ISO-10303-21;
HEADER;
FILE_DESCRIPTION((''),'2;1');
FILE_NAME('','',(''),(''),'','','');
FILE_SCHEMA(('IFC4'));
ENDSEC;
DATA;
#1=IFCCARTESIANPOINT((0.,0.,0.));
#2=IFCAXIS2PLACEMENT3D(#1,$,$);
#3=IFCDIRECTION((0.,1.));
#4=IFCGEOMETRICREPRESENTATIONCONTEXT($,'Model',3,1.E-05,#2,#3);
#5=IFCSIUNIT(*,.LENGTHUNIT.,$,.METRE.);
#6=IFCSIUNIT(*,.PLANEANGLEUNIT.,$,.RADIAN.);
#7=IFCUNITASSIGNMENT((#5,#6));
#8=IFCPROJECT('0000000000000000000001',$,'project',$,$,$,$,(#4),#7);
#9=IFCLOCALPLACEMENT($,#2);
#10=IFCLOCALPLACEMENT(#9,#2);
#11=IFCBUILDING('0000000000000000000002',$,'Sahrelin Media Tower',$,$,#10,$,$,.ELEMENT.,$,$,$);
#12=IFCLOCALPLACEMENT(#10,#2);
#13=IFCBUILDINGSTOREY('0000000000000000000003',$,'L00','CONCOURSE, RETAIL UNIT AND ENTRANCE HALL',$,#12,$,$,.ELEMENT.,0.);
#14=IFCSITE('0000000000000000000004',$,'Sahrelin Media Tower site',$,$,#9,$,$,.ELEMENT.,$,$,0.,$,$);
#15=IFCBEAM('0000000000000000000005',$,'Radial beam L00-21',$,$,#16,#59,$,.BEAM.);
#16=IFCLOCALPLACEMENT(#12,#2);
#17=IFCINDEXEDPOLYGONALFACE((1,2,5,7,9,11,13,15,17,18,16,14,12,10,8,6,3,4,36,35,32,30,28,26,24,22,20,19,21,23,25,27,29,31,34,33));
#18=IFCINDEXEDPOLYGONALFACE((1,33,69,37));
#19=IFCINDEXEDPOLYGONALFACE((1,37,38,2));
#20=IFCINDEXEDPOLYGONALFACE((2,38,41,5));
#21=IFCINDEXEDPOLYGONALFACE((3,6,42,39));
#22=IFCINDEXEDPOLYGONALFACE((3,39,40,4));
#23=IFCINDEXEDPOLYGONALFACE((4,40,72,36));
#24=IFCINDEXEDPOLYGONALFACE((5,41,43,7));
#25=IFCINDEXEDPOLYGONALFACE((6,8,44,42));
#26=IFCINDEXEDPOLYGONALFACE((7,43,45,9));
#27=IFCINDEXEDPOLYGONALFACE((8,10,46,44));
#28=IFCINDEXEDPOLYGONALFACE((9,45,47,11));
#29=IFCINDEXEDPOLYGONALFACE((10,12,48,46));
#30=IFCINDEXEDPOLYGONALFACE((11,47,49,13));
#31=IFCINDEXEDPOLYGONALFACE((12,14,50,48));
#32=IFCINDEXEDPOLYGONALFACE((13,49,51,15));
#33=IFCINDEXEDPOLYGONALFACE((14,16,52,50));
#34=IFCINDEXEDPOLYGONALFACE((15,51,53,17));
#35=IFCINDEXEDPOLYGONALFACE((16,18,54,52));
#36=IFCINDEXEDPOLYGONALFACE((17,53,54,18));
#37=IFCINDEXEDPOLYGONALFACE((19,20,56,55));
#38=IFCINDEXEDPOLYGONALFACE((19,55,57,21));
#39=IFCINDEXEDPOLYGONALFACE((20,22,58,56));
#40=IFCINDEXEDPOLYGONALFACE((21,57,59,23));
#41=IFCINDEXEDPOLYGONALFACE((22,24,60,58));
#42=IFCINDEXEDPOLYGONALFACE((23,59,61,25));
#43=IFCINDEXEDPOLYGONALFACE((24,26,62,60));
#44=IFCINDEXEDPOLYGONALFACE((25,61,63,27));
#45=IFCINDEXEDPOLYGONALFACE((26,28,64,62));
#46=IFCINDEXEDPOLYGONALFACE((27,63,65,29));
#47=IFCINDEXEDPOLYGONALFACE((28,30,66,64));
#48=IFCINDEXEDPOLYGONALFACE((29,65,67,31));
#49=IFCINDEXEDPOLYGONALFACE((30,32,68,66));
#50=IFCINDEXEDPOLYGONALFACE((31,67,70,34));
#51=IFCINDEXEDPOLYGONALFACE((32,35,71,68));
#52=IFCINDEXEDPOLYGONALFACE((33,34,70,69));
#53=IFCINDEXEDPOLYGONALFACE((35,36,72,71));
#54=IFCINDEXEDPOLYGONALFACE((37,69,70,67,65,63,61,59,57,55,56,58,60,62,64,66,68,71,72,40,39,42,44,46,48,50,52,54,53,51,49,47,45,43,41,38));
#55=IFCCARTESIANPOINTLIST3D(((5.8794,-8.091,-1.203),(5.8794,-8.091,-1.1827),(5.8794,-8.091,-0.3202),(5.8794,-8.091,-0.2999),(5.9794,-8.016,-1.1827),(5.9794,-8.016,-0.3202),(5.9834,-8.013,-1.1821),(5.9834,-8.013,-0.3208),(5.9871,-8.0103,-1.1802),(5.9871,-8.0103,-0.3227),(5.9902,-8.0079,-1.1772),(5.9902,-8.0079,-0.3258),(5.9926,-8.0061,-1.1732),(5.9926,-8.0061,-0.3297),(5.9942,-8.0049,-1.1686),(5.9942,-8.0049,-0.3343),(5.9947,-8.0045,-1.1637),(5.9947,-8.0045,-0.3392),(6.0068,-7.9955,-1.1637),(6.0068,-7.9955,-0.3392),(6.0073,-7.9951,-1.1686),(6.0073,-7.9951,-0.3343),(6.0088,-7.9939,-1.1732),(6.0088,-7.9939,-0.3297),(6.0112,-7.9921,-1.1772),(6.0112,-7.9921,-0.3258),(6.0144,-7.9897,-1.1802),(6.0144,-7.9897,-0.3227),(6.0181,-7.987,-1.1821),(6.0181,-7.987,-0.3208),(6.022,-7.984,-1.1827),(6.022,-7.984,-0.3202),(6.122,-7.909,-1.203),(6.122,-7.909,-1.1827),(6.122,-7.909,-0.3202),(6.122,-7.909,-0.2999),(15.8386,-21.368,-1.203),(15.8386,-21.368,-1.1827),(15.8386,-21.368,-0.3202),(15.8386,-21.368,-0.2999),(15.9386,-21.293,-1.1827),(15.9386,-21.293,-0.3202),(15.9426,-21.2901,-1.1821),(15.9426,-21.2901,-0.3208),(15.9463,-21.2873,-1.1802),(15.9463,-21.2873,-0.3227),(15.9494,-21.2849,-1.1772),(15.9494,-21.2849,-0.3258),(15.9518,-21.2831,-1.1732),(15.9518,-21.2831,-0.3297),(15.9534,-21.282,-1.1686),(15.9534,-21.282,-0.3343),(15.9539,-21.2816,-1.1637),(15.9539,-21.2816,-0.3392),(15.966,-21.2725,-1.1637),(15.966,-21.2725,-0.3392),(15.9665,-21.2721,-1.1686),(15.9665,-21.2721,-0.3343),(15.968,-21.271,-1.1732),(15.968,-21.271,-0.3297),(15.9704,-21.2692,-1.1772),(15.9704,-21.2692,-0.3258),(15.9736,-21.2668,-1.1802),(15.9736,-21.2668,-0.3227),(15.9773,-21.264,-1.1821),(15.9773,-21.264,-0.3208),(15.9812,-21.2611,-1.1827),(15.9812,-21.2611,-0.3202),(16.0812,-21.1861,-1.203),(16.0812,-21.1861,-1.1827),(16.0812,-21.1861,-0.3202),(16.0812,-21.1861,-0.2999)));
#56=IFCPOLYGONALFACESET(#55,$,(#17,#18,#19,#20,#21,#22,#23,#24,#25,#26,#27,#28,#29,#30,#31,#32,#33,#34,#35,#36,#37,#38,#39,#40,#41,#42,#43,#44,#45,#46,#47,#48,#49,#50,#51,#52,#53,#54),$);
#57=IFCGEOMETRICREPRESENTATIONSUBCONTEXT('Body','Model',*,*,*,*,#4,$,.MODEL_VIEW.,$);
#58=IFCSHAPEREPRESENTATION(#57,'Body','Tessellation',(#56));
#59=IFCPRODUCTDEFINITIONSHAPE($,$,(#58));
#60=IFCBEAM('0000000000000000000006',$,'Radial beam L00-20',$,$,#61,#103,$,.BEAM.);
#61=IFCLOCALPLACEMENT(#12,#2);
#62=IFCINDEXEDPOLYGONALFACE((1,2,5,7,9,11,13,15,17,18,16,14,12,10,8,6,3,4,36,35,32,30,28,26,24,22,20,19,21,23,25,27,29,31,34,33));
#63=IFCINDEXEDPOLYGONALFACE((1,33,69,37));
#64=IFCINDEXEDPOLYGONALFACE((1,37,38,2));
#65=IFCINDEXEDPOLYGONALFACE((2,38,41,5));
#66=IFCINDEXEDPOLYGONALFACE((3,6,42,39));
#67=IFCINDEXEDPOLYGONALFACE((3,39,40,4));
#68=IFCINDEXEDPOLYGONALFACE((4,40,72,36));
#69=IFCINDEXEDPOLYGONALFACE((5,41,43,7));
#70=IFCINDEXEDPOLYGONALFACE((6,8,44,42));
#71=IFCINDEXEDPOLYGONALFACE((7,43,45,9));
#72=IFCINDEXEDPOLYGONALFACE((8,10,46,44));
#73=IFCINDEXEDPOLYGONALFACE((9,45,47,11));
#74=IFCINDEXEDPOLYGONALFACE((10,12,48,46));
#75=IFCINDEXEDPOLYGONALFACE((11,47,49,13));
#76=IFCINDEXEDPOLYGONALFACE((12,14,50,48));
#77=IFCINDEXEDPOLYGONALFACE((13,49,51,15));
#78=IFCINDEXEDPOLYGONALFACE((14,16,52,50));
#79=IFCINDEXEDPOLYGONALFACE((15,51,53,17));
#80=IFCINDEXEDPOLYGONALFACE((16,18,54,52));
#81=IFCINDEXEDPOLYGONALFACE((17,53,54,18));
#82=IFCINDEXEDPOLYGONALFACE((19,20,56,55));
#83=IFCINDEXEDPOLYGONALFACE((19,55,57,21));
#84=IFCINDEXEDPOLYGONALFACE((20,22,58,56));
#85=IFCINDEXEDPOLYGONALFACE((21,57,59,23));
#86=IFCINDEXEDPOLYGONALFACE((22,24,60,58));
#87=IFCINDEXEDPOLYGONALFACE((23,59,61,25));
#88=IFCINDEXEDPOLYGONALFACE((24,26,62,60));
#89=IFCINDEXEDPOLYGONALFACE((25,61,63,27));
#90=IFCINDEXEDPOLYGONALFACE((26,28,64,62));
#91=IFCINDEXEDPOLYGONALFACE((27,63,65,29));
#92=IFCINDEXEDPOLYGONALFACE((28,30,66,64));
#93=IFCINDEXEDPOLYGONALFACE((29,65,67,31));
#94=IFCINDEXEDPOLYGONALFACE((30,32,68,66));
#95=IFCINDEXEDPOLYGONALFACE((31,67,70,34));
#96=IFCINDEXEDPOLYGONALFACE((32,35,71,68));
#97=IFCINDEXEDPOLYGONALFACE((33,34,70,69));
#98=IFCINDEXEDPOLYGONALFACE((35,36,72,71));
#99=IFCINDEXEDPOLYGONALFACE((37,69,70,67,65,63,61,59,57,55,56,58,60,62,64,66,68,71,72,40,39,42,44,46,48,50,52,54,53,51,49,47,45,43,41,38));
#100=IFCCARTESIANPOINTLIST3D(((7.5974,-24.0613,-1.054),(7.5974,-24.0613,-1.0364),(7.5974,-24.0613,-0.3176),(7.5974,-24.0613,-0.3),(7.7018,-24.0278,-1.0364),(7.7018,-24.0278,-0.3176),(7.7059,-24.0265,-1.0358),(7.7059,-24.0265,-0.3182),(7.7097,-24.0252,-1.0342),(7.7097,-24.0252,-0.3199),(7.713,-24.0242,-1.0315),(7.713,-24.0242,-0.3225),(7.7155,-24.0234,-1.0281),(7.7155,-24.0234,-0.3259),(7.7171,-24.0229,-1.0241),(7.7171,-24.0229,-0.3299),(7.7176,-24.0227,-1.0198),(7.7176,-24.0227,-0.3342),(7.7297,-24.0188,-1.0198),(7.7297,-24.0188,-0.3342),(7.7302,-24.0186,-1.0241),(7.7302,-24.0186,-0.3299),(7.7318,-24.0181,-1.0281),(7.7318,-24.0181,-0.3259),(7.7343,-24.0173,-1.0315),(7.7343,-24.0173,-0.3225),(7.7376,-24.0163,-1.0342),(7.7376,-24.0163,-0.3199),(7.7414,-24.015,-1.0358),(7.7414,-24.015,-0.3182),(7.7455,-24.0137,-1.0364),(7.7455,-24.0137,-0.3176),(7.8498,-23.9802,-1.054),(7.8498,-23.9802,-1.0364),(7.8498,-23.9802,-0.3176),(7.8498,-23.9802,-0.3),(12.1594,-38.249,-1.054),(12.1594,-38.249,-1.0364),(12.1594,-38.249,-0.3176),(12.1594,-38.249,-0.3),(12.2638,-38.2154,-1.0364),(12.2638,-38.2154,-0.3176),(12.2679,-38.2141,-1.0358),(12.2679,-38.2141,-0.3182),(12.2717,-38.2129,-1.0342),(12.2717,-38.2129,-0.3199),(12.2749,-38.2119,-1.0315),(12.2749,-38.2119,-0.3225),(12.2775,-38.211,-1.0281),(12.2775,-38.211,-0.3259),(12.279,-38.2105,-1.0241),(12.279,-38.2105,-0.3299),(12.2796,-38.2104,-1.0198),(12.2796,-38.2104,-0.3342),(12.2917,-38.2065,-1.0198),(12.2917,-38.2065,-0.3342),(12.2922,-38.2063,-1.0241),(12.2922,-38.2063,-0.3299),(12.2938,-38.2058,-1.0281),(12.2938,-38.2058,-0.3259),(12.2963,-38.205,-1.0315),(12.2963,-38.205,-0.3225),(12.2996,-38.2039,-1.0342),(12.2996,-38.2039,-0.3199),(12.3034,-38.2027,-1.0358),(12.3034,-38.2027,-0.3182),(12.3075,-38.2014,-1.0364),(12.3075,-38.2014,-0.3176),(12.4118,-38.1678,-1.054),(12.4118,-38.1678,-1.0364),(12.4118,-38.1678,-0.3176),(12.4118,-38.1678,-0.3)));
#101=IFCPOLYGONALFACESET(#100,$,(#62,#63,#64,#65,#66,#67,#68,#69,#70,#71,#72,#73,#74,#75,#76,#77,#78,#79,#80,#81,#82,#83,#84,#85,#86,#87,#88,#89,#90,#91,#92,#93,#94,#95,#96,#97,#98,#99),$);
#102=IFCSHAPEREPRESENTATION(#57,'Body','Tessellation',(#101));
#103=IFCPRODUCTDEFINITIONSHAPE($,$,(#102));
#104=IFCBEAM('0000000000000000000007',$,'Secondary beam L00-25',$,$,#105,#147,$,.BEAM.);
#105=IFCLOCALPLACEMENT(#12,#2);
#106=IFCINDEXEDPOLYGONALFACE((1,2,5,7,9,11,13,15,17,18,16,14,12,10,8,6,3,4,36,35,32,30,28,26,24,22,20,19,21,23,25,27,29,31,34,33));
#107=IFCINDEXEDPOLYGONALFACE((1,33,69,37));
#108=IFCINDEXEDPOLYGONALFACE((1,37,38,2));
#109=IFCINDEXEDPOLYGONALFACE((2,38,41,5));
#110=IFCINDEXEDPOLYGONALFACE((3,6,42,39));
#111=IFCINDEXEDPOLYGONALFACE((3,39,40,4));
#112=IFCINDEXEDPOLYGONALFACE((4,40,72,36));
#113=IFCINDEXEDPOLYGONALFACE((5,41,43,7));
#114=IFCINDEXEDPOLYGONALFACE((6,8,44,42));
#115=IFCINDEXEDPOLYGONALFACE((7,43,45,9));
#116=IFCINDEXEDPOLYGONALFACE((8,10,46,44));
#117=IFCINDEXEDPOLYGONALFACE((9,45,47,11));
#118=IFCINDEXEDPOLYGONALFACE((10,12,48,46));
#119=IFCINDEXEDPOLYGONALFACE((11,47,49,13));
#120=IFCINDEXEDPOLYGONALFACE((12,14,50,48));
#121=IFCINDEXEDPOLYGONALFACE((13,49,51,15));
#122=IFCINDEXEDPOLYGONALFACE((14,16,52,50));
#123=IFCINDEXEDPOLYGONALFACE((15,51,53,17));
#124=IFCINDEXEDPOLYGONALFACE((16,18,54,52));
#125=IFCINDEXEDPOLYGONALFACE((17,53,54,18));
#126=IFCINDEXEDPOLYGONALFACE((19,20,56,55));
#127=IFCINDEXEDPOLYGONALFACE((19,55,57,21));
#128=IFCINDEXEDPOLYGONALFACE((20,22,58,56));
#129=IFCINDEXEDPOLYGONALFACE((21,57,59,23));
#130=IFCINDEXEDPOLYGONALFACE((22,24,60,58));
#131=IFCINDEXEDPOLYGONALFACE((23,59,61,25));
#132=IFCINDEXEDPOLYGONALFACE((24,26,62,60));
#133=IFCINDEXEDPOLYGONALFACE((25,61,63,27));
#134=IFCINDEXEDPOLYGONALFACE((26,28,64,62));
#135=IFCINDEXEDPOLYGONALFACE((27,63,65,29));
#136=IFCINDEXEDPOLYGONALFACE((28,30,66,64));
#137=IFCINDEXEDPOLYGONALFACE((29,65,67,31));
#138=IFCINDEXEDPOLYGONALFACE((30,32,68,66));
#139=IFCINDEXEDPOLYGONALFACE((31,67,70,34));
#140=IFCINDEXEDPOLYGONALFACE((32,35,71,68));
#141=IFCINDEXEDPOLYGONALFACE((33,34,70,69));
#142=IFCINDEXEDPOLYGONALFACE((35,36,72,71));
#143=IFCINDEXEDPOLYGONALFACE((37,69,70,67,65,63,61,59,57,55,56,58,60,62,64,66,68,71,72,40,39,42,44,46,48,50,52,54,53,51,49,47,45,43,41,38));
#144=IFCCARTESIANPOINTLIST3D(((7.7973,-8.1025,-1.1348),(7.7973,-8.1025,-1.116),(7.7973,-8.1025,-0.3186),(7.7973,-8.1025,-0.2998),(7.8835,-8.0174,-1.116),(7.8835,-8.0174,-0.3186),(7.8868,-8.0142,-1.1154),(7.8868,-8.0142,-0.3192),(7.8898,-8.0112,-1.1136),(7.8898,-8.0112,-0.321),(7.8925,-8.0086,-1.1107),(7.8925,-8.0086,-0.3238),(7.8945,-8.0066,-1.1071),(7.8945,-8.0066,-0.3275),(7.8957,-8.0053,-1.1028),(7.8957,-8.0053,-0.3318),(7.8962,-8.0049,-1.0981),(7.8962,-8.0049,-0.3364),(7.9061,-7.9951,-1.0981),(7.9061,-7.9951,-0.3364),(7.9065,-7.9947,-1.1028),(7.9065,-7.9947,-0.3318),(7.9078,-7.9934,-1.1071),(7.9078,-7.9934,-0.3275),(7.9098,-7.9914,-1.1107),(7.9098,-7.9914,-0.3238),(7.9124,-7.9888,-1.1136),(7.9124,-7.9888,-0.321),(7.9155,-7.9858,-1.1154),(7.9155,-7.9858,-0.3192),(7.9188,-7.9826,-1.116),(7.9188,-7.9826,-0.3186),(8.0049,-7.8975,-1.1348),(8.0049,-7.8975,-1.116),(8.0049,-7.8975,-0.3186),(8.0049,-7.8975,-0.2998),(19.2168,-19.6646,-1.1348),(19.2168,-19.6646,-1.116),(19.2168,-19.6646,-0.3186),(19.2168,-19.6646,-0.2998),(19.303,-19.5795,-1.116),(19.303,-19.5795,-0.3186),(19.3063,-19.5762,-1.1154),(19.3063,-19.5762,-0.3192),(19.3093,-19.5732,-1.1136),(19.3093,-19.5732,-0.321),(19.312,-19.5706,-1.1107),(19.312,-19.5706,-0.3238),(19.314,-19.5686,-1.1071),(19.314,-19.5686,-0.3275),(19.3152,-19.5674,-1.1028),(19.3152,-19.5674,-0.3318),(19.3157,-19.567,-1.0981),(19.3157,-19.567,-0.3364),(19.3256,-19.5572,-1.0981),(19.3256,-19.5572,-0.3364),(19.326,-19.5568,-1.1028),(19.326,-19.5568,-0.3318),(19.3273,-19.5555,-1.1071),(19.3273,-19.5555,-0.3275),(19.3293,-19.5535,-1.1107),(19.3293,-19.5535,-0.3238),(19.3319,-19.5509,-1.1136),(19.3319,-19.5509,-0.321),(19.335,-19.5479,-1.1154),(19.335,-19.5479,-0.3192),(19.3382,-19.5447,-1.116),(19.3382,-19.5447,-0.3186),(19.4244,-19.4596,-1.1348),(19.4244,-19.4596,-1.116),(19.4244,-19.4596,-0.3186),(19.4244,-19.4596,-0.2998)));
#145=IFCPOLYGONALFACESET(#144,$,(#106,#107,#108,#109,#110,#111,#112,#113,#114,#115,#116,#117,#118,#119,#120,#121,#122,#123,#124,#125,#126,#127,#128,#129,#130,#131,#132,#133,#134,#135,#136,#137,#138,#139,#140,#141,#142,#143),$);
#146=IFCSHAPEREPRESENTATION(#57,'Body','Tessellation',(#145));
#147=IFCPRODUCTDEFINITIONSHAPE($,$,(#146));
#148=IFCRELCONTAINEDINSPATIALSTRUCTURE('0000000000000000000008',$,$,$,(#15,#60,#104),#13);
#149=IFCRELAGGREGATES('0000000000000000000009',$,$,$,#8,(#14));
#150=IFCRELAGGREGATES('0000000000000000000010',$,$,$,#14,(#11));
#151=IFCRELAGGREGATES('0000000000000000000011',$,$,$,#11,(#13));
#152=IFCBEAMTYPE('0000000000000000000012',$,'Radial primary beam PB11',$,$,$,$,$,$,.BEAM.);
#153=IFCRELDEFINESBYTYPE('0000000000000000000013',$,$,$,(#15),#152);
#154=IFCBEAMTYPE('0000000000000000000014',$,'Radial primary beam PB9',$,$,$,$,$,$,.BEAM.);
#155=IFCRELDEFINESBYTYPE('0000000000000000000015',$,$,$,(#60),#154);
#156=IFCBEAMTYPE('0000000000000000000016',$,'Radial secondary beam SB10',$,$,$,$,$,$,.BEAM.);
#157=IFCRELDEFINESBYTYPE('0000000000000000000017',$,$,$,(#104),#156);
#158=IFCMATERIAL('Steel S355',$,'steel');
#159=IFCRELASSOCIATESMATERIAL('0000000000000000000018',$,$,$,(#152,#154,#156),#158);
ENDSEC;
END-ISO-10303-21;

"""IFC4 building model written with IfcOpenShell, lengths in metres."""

from ifc_helpers import new_model, si_unit, direction, frame, origin, origin_2d, place, context, subcontext, project, spatial, i_section, extrude, material, material_profile, profile_set, type_object, element, save


model = new_model("IFC4")

# Units and contexts
model_context = context("Model", 3, precision=1e-05, world=origin(), true_north=direction((0.0, 1.0)))
body_context = subcontext(model_context, "Body", "Model", "MODEL_VIEW")
ifc_project = project(units=[si_unit("LENGTHUNIT", "METRE"), si_unit("PLANEANGLEUNIT", "RADIAN")], contexts=[model_context])

# Site, building, storey
site_placement = place(None, origin())
site = spatial("IfcSite", under=ifc_project, at=site_placement, Name="Sahrelin Media Tower site", CompositionType="ELEMENT", RefElevation=0.0)
building_placement = place(site_placement, origin())
building = spatial("IfcBuilding", under=site, at=building_placement, Name="Sahrelin Media Tower", CompositionType="ELEMENT")
storey_placement = place(building_placement, origin())
storey = spatial("IfcBuildingStorey", under=building, at=storey_placement, Name="L00", Description="CONCOURSE, RETAIL UNIT AND ENTRANCE HALL", CompositionType="ELEMENT", Elevation=0.0)

# Beams
ifc_material_1 = material(Name="Steel S355", Category="steel")
ifc_material_profile_1 = material_profile(ifc_material_1, i_section(OverallWidth=0.3032, OverallDepth=0.9031, WebThickness=0.0151, FlangeThickness=0.0203, FilletRadius=0.019, at=origin_2d()), Name="UB 914x305x201")
ifc_profile_set_1 = profile_set([ifc_material_profile_1], Name="Steel S355")
beam_type_1 = type_object("IfcBeamType", Name="Radial primary beam PB11", PredefinedType="BEAM", material=ifc_profile_set_1)
beam_1_placement = place(storey_placement, frame((6.0007, -8.0, -0.7515), z_axis=(0.600054, -0.799959, 0.0), x_axis=(0.799959, 0.600054, 0.0)))
element("IfcBeam", 1, at=beam_1_placement, inside=storey, type_object=beam_type_1, Name="Radial beam L00-21", PredefinedType="BEAM", context=body_context, shape_type="SweptSolid", body=[
    extrude(i_section(OverallWidth=0.3032, OverallDepth=0.9031, WebThickness=0.0151, FlangeThickness=0.0203, FilletRadius=0.019, at=origin_2d()), origin(), (0.0, 0.0, 1.0), 16.5972),
])
ifc_material_profile_2 = material_profile(ifc_material_1, i_section(OverallWidth=0.2651, OverallDepth=0.7539, WebThickness=0.0127, FlangeThickness=0.0176, FilletRadius=0.0166, at=origin_2d()), Name="UB 762x267x147")
ifc_profile_set_2 = profile_set([ifc_material_profile_2], Name="Steel S355")
beam_type_2 = type_object("IfcBeamType", Name="Radial primary beam PB9", PredefinedType="BEAM", material=ifc_profile_set_2)
beam_2_placement = place(storey_placement, frame((7.7236, -24.0208, -0.677), z_axis=(0.30611, -0.951996, 0.0), x_axis=(0.951996, 0.30611, 0.0)))
element("IfcBeam", 2, at=beam_2_placement, inside=storey, type_object=beam_type_2, Name="Radial beam L00-20", PredefinedType="BEAM", context=body_context, shape_type="SweptSolid", body=[
    extrude(i_section(OverallWidth=0.2651, OverallDepth=0.7539, WebThickness=0.0127, FlangeThickness=0.0176, FilletRadius=0.0166, at=origin_2d()), origin(), (0.0, 0.0, 1.0), 14.9031),
])
ifc_material_profile_3 = material_profile(ifc_material_1, i_section(OverallWidth=0.2917, OverallDepth=0.835, WebThickness=0.0139, FlangeThickness=0.0188, FilletRadius=0.0178, at=origin_2d()), Name="UB 838x292x176")
ifc_profile_set_3 = profile_set([ifc_material_profile_3], Name="Steel S355")
beam_type_3 = type_object("IfcBeamType", Name="Radial secondary beam SB10", PredefinedType="BEAM", material=ifc_profile_set_3)
beam_3_placement = place(storey_placement, frame((7.9011, -8.0, -0.7173), z_axis=(0.702706, -0.71148, 0.0), x_axis=(0.71148, 0.702706, 0.0)))
element("IfcBeam", 3, at=beam_3_placement, inside=storey, type_object=beam_type_3, Name="Secondary beam L00-25", PredefinedType="BEAM", context=body_context, shape_type="SweptSolid", body=[
    extrude(i_section(OverallWidth=0.2917, OverallDepth=0.835, WebThickness=0.0139, FlangeThickness=0.0188, FilletRadius=0.0178, at=origin_2d()), origin(), (0.0, 0.0, 1.0), 16.2507),
])

save(model, "model.ifc")
